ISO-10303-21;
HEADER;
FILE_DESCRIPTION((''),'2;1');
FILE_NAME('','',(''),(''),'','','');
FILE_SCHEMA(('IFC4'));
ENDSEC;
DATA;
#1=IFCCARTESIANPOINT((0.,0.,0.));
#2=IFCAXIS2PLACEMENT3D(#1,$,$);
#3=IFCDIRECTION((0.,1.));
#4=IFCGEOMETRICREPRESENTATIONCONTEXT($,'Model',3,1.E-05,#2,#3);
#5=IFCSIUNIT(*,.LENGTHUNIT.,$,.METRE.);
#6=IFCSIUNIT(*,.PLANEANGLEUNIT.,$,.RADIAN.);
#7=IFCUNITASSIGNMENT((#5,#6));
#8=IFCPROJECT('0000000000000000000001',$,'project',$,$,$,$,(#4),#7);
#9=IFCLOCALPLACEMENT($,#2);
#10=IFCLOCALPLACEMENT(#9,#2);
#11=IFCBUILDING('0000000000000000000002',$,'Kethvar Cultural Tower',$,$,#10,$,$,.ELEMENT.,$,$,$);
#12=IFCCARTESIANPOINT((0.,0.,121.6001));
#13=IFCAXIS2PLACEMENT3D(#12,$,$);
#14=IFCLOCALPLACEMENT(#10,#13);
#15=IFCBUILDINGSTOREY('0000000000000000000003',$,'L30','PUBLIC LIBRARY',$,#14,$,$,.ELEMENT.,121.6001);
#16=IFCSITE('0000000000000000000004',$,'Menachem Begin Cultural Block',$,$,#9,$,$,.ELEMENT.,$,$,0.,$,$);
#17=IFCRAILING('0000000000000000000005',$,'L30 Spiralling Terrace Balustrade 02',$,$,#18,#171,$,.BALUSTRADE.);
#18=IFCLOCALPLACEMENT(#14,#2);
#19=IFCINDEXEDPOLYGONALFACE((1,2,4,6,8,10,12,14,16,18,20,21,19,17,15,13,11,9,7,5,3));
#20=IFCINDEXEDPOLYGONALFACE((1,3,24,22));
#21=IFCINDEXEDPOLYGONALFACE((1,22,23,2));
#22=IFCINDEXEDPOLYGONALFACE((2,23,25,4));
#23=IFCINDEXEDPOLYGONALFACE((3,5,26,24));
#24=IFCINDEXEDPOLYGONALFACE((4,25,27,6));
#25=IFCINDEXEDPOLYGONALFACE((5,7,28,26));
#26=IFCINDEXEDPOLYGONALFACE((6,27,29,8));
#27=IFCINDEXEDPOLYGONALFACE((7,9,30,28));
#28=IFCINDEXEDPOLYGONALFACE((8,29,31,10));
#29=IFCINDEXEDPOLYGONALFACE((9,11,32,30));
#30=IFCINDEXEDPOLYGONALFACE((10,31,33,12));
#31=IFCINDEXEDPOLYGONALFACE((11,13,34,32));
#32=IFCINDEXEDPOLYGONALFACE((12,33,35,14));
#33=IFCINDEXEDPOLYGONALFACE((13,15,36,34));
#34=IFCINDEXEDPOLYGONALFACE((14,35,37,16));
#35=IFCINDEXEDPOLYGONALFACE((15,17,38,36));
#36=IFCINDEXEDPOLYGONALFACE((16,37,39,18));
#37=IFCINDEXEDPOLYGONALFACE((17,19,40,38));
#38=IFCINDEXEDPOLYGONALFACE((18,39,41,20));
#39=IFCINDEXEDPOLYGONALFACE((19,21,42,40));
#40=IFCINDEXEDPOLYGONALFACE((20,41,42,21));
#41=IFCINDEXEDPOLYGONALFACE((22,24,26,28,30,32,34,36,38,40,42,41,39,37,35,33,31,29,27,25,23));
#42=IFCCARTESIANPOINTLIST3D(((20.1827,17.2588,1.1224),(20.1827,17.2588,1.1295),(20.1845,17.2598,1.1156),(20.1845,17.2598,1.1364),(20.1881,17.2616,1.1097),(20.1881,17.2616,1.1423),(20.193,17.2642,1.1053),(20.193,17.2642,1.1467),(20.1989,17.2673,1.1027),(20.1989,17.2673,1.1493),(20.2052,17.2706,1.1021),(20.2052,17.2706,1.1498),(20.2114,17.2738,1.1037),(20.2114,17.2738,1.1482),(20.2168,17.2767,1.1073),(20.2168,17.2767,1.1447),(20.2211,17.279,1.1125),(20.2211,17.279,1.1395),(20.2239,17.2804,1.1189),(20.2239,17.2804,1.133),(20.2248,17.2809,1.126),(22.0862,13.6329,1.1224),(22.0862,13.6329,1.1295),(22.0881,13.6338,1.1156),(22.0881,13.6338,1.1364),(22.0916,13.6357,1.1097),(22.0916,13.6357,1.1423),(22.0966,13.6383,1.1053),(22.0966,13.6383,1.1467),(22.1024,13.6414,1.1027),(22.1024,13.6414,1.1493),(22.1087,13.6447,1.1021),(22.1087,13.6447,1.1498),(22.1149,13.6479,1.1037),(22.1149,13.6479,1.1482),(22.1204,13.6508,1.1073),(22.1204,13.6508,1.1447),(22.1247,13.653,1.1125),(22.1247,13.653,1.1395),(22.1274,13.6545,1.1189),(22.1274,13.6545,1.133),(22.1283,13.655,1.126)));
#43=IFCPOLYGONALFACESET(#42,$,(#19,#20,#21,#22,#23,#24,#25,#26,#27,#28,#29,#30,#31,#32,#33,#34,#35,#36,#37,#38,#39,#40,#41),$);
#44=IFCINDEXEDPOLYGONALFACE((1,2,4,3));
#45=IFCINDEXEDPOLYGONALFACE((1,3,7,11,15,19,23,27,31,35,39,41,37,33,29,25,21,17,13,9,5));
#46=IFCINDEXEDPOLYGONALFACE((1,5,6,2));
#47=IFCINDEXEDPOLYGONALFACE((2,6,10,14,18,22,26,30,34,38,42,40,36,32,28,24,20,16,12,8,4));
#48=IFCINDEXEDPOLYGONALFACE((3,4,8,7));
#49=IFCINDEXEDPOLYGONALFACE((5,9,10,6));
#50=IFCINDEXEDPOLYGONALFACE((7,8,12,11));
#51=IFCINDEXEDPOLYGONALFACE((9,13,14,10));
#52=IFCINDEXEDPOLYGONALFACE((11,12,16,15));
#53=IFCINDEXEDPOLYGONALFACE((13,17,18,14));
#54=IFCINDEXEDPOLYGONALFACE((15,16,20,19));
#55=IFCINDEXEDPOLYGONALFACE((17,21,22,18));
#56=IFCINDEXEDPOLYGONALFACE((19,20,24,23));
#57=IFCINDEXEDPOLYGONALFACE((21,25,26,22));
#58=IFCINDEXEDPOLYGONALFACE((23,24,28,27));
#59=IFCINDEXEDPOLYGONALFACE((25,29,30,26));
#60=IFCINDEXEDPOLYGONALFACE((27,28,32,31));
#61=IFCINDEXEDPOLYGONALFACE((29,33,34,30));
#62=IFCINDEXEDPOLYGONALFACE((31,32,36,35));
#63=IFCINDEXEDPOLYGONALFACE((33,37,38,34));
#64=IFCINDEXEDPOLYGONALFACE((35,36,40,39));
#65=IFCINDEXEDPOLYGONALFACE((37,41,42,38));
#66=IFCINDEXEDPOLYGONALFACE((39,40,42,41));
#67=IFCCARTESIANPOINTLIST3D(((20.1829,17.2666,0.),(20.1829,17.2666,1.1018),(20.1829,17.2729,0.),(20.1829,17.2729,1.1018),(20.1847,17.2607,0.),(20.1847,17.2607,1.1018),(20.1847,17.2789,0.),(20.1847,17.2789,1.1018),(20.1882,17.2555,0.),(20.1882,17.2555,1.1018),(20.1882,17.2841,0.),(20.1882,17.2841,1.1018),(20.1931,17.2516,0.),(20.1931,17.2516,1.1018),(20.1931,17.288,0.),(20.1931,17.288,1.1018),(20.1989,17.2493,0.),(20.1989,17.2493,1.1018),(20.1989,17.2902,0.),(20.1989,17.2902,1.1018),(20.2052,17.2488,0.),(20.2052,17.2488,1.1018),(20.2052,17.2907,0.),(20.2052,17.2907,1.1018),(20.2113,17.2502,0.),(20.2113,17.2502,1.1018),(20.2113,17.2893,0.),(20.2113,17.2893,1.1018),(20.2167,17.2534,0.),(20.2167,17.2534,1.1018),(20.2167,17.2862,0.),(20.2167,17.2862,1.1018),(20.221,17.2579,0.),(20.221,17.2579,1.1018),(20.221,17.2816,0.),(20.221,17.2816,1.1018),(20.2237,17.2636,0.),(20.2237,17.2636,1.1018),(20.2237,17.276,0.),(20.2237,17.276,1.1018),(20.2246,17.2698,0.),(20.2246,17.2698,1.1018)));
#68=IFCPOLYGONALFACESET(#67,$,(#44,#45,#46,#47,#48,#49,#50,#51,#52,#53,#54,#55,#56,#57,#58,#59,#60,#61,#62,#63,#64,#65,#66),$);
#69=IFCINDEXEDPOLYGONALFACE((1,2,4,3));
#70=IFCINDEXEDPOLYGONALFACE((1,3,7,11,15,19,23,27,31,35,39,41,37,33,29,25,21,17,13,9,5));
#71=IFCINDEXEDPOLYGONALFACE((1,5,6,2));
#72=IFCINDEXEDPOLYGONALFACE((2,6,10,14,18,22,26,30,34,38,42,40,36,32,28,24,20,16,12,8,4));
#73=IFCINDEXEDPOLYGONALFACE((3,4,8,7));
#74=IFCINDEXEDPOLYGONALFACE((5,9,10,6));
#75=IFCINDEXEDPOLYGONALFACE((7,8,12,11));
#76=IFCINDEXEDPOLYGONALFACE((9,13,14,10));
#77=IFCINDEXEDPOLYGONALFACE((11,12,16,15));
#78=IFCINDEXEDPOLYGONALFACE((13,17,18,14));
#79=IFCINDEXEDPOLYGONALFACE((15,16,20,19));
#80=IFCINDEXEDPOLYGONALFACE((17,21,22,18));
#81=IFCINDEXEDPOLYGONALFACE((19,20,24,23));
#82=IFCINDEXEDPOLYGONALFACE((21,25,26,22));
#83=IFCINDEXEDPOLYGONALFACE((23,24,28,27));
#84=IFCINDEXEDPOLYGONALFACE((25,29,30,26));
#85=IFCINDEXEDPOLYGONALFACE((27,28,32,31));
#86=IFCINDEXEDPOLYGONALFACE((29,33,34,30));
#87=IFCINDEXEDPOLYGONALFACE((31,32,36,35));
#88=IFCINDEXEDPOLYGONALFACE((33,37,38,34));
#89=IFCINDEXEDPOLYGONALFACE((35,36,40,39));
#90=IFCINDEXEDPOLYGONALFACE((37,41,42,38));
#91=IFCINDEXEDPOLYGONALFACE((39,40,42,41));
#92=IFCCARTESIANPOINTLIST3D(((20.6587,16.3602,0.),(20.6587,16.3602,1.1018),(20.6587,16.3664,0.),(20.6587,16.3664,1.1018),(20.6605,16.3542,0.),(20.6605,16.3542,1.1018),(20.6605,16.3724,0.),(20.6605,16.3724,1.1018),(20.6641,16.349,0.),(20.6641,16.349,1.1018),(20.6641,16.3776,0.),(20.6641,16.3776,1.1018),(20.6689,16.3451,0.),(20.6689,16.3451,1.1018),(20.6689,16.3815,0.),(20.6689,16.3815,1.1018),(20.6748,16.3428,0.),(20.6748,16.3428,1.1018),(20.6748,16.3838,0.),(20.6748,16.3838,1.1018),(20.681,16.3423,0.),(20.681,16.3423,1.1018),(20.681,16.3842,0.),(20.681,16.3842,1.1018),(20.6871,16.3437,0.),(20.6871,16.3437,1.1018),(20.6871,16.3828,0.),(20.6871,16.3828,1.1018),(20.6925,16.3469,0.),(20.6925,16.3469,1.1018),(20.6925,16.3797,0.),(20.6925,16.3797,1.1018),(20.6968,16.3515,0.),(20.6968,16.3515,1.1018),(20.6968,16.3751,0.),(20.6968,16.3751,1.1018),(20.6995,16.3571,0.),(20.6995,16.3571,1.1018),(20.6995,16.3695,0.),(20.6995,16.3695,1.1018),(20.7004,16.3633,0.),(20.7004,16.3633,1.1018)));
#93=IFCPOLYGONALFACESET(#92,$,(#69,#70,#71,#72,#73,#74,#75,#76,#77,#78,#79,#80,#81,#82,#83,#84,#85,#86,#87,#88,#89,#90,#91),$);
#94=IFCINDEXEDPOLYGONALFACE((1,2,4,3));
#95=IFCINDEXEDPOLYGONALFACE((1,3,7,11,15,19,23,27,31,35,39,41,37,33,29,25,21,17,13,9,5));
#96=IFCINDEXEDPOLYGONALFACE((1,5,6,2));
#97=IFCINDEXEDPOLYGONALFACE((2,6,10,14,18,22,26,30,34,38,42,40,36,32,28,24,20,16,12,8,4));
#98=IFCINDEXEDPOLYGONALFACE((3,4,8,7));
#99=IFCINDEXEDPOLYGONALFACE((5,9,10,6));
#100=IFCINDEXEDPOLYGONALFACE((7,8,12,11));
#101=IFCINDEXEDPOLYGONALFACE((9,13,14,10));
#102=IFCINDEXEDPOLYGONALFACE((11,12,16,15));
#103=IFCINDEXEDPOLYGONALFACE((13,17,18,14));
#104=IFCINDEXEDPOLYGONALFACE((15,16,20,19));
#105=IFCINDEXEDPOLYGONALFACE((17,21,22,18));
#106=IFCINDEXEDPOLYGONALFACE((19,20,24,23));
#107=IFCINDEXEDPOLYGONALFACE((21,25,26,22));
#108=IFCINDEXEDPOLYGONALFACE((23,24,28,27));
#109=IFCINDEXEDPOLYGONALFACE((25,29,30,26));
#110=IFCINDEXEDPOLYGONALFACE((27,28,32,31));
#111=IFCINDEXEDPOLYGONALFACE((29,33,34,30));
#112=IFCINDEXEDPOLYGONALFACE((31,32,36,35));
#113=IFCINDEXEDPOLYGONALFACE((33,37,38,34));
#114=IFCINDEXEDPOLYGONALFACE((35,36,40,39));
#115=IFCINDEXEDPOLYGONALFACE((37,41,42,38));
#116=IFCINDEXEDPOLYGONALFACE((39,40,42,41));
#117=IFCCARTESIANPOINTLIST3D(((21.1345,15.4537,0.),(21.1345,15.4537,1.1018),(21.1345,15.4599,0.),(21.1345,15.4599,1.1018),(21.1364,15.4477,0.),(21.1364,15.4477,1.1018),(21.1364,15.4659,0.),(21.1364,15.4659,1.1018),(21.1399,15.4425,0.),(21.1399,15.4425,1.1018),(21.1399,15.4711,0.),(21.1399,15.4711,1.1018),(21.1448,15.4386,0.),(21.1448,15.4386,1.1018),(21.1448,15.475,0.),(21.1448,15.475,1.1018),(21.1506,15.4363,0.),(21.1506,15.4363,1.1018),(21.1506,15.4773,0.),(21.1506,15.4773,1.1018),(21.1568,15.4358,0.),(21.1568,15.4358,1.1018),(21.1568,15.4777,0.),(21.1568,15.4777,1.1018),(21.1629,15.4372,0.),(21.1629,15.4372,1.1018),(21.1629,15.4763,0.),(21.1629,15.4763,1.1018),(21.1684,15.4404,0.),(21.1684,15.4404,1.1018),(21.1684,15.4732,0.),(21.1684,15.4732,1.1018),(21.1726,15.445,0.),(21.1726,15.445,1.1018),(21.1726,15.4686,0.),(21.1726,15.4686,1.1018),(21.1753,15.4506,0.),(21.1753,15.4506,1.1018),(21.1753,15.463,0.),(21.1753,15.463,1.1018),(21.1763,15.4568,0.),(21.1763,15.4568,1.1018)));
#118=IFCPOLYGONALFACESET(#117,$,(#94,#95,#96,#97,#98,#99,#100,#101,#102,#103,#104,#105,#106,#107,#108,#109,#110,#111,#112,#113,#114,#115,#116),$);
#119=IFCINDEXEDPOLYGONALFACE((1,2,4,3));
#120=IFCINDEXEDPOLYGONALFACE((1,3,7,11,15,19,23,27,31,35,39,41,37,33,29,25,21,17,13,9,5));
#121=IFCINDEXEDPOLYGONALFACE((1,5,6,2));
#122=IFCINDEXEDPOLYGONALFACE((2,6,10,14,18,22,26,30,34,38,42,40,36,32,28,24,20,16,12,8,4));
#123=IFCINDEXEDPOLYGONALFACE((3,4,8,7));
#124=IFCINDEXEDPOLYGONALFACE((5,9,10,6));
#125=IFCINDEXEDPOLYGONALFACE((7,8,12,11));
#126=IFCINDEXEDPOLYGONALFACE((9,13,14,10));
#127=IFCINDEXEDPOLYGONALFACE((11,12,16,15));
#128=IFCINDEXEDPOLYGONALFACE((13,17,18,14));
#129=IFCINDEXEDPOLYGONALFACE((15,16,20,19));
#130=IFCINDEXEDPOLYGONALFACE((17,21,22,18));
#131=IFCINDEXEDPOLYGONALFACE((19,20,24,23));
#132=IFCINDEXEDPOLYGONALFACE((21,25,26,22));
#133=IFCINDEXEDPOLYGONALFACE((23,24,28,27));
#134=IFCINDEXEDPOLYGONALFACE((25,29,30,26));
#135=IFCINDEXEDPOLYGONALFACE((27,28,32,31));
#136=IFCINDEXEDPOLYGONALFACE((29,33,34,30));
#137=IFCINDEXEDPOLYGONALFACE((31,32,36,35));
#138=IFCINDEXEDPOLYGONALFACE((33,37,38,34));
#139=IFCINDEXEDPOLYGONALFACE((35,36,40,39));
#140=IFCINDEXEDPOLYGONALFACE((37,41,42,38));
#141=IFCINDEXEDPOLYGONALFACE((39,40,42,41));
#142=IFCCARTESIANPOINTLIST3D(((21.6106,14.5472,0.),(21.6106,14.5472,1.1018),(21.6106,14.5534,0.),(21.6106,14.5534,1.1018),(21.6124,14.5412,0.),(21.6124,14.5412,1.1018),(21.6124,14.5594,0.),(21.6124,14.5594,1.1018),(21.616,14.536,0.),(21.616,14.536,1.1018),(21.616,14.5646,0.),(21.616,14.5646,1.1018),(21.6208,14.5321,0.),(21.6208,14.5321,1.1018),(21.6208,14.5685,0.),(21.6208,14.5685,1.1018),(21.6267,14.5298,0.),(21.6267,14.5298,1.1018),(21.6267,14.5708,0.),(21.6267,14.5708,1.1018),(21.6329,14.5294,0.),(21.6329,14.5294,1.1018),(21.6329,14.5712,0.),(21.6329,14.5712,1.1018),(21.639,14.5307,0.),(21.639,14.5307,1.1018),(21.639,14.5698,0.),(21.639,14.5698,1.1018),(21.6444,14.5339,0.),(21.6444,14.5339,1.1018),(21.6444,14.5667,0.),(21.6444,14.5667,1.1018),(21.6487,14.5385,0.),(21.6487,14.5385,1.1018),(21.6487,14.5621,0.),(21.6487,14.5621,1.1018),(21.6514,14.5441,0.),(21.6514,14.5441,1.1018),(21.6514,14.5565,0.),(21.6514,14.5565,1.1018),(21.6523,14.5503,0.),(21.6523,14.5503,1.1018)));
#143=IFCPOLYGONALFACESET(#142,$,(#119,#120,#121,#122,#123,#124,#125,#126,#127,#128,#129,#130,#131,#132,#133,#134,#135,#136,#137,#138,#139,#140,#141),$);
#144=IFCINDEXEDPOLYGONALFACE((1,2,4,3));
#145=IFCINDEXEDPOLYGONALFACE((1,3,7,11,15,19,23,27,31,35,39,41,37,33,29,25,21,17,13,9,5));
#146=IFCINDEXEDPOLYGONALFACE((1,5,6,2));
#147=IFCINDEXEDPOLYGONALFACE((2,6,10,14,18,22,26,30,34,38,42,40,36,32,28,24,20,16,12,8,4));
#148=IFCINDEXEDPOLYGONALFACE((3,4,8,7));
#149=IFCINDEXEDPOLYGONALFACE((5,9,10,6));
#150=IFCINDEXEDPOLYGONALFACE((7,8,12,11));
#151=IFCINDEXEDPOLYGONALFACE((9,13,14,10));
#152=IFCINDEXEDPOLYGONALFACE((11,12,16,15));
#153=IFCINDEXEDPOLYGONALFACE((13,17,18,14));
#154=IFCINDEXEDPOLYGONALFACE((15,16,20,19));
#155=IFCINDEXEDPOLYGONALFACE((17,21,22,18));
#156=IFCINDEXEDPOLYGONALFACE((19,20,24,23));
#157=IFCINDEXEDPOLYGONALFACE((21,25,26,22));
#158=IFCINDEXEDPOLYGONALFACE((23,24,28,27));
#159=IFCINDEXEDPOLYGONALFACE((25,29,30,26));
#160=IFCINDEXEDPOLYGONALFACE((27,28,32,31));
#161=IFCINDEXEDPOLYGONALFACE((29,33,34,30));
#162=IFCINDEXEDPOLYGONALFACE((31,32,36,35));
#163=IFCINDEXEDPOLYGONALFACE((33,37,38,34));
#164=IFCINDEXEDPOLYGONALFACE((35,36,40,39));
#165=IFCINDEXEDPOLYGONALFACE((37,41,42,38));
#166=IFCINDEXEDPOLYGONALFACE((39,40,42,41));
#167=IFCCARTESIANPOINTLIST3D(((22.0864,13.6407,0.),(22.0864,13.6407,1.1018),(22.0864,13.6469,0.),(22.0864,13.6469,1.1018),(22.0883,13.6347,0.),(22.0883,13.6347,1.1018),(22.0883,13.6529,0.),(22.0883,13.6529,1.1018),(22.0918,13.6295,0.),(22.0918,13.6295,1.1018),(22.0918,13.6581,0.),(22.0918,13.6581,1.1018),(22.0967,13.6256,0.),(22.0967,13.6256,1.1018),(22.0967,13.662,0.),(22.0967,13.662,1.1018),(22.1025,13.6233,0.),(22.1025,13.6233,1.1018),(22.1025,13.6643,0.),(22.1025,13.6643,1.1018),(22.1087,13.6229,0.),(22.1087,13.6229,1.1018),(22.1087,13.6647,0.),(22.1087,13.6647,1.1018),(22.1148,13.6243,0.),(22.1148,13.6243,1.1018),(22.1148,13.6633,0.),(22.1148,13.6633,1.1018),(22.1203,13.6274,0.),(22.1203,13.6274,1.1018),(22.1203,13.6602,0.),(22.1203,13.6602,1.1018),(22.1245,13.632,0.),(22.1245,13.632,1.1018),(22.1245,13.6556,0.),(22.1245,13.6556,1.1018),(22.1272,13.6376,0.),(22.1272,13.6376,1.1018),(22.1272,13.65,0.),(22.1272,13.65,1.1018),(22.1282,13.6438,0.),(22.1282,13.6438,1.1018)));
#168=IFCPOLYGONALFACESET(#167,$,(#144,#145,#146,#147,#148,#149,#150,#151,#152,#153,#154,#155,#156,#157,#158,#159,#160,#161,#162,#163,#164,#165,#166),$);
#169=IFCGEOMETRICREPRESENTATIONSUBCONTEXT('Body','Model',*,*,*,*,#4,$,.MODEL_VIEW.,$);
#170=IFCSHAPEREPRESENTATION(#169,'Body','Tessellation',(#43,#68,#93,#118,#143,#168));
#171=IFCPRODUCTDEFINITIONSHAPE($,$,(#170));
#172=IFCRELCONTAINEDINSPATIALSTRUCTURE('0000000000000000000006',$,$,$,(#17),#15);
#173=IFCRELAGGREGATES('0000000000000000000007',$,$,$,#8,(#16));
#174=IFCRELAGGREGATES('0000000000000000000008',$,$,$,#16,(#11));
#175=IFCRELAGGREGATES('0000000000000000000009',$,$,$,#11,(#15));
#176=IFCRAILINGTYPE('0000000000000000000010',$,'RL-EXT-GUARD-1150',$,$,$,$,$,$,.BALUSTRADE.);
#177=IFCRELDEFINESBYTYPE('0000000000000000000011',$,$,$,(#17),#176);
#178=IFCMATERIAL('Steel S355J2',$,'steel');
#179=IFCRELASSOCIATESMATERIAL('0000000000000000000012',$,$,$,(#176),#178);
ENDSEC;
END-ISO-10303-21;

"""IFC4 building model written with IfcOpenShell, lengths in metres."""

from ifc_helpers import new_model, si_unit, direction, frame, origin, origin_2d, place, context, subcontext, project, spatial, circle, extrude, material, type_object, element, save


model = new_model("IFC4")

# Units and contexts
model_context = context("Model", 3, precision=1e-05, world=origin(), true_north=direction((0.0, 1.0)))
body_context = subcontext(model_context, "Body", "Model", "MODEL_VIEW")
ifc_project = project(units=[si_unit("LENGTHUNIT", "METRE"), si_unit("PLANEANGLEUNIT", "RADIAN")], contexts=[model_context])

# Site, building, storey
site_placement = place(None, origin())
site = spatial("IfcSite", under=ifc_project, at=site_placement, Name="Menachem Begin Cultural Block", CompositionType="ELEMENT", RefElevation=0.0)
building_placement = place(site_placement, origin())
building = spatial("IfcBuilding", under=site, at=building_placement, Name="Kethvar Cultural Tower", CompositionType="ELEMENT")
storey_placement = place(building_placement, frame((0.0, 0.0, 121.6001)))
storey = spatial("IfcBuildingStorey", under=building, at=storey_placement, Name="L30", Description="PUBLIC LIBRARY", CompositionType="ELEMENT", Elevation=121.6001)

# Shared definitions
ifc_material_1 = material(Name="Steel S355J2", Category="steel")

# Railing
railing_type = type_object("IfcRailingType", Name="RL-EXT-GUARD-1150", PredefinedType="BALUSTRADE", material=ifc_material_1)
railing_1_placement = place(storey_placement, frame((20.2036, 17.2698, 0.0)))
element("IfcRailing", 1, at=railing_1_placement, inside=storey, type_object=railing_type, Name="L30 Spiralling Terrace Balustrade 02", PredefinedType="BALUSTRADE", context=body_context, shape_type="SweptSolid", body=[
    extrude(circle(Radius=0.0239, at=origin_2d()), frame((0.0, 0.0, 1.126), z_axis=(0.46482, -0.885405, 0.0), x_axis=(0.885405, 0.46482, 0.0)), (0.0, 0.0, 1.0), 4.0952),
    extrude(circle(Radius=0.021, at=origin_2d()), origin(), (0.0, 0.0, 1.0), 1.1018),
    extrude(circle(Radius=0.021, at=origin_2d()), frame((0.4758, -0.9065, 0.0)), (0.0, 0.0, 1.0), 1.1018),
    extrude(circle(Radius=0.021, at=origin_2d()), frame((0.9517, -1.813, 0.0)), (0.0, 0.0, 1.0), 1.1018),
    extrude(circle(Radius=0.021, at=origin_2d()), frame((1.4277, -2.7195, 0.0)), (0.0, 0.0, 1.0), 1.1018),
    extrude(circle(Radius=0.021, at=origin_2d()), frame((1.9036, -3.626, 0.0)), (0.0, 0.0, 1.0), 1.1018),
])

save(model, "model.ifc")
